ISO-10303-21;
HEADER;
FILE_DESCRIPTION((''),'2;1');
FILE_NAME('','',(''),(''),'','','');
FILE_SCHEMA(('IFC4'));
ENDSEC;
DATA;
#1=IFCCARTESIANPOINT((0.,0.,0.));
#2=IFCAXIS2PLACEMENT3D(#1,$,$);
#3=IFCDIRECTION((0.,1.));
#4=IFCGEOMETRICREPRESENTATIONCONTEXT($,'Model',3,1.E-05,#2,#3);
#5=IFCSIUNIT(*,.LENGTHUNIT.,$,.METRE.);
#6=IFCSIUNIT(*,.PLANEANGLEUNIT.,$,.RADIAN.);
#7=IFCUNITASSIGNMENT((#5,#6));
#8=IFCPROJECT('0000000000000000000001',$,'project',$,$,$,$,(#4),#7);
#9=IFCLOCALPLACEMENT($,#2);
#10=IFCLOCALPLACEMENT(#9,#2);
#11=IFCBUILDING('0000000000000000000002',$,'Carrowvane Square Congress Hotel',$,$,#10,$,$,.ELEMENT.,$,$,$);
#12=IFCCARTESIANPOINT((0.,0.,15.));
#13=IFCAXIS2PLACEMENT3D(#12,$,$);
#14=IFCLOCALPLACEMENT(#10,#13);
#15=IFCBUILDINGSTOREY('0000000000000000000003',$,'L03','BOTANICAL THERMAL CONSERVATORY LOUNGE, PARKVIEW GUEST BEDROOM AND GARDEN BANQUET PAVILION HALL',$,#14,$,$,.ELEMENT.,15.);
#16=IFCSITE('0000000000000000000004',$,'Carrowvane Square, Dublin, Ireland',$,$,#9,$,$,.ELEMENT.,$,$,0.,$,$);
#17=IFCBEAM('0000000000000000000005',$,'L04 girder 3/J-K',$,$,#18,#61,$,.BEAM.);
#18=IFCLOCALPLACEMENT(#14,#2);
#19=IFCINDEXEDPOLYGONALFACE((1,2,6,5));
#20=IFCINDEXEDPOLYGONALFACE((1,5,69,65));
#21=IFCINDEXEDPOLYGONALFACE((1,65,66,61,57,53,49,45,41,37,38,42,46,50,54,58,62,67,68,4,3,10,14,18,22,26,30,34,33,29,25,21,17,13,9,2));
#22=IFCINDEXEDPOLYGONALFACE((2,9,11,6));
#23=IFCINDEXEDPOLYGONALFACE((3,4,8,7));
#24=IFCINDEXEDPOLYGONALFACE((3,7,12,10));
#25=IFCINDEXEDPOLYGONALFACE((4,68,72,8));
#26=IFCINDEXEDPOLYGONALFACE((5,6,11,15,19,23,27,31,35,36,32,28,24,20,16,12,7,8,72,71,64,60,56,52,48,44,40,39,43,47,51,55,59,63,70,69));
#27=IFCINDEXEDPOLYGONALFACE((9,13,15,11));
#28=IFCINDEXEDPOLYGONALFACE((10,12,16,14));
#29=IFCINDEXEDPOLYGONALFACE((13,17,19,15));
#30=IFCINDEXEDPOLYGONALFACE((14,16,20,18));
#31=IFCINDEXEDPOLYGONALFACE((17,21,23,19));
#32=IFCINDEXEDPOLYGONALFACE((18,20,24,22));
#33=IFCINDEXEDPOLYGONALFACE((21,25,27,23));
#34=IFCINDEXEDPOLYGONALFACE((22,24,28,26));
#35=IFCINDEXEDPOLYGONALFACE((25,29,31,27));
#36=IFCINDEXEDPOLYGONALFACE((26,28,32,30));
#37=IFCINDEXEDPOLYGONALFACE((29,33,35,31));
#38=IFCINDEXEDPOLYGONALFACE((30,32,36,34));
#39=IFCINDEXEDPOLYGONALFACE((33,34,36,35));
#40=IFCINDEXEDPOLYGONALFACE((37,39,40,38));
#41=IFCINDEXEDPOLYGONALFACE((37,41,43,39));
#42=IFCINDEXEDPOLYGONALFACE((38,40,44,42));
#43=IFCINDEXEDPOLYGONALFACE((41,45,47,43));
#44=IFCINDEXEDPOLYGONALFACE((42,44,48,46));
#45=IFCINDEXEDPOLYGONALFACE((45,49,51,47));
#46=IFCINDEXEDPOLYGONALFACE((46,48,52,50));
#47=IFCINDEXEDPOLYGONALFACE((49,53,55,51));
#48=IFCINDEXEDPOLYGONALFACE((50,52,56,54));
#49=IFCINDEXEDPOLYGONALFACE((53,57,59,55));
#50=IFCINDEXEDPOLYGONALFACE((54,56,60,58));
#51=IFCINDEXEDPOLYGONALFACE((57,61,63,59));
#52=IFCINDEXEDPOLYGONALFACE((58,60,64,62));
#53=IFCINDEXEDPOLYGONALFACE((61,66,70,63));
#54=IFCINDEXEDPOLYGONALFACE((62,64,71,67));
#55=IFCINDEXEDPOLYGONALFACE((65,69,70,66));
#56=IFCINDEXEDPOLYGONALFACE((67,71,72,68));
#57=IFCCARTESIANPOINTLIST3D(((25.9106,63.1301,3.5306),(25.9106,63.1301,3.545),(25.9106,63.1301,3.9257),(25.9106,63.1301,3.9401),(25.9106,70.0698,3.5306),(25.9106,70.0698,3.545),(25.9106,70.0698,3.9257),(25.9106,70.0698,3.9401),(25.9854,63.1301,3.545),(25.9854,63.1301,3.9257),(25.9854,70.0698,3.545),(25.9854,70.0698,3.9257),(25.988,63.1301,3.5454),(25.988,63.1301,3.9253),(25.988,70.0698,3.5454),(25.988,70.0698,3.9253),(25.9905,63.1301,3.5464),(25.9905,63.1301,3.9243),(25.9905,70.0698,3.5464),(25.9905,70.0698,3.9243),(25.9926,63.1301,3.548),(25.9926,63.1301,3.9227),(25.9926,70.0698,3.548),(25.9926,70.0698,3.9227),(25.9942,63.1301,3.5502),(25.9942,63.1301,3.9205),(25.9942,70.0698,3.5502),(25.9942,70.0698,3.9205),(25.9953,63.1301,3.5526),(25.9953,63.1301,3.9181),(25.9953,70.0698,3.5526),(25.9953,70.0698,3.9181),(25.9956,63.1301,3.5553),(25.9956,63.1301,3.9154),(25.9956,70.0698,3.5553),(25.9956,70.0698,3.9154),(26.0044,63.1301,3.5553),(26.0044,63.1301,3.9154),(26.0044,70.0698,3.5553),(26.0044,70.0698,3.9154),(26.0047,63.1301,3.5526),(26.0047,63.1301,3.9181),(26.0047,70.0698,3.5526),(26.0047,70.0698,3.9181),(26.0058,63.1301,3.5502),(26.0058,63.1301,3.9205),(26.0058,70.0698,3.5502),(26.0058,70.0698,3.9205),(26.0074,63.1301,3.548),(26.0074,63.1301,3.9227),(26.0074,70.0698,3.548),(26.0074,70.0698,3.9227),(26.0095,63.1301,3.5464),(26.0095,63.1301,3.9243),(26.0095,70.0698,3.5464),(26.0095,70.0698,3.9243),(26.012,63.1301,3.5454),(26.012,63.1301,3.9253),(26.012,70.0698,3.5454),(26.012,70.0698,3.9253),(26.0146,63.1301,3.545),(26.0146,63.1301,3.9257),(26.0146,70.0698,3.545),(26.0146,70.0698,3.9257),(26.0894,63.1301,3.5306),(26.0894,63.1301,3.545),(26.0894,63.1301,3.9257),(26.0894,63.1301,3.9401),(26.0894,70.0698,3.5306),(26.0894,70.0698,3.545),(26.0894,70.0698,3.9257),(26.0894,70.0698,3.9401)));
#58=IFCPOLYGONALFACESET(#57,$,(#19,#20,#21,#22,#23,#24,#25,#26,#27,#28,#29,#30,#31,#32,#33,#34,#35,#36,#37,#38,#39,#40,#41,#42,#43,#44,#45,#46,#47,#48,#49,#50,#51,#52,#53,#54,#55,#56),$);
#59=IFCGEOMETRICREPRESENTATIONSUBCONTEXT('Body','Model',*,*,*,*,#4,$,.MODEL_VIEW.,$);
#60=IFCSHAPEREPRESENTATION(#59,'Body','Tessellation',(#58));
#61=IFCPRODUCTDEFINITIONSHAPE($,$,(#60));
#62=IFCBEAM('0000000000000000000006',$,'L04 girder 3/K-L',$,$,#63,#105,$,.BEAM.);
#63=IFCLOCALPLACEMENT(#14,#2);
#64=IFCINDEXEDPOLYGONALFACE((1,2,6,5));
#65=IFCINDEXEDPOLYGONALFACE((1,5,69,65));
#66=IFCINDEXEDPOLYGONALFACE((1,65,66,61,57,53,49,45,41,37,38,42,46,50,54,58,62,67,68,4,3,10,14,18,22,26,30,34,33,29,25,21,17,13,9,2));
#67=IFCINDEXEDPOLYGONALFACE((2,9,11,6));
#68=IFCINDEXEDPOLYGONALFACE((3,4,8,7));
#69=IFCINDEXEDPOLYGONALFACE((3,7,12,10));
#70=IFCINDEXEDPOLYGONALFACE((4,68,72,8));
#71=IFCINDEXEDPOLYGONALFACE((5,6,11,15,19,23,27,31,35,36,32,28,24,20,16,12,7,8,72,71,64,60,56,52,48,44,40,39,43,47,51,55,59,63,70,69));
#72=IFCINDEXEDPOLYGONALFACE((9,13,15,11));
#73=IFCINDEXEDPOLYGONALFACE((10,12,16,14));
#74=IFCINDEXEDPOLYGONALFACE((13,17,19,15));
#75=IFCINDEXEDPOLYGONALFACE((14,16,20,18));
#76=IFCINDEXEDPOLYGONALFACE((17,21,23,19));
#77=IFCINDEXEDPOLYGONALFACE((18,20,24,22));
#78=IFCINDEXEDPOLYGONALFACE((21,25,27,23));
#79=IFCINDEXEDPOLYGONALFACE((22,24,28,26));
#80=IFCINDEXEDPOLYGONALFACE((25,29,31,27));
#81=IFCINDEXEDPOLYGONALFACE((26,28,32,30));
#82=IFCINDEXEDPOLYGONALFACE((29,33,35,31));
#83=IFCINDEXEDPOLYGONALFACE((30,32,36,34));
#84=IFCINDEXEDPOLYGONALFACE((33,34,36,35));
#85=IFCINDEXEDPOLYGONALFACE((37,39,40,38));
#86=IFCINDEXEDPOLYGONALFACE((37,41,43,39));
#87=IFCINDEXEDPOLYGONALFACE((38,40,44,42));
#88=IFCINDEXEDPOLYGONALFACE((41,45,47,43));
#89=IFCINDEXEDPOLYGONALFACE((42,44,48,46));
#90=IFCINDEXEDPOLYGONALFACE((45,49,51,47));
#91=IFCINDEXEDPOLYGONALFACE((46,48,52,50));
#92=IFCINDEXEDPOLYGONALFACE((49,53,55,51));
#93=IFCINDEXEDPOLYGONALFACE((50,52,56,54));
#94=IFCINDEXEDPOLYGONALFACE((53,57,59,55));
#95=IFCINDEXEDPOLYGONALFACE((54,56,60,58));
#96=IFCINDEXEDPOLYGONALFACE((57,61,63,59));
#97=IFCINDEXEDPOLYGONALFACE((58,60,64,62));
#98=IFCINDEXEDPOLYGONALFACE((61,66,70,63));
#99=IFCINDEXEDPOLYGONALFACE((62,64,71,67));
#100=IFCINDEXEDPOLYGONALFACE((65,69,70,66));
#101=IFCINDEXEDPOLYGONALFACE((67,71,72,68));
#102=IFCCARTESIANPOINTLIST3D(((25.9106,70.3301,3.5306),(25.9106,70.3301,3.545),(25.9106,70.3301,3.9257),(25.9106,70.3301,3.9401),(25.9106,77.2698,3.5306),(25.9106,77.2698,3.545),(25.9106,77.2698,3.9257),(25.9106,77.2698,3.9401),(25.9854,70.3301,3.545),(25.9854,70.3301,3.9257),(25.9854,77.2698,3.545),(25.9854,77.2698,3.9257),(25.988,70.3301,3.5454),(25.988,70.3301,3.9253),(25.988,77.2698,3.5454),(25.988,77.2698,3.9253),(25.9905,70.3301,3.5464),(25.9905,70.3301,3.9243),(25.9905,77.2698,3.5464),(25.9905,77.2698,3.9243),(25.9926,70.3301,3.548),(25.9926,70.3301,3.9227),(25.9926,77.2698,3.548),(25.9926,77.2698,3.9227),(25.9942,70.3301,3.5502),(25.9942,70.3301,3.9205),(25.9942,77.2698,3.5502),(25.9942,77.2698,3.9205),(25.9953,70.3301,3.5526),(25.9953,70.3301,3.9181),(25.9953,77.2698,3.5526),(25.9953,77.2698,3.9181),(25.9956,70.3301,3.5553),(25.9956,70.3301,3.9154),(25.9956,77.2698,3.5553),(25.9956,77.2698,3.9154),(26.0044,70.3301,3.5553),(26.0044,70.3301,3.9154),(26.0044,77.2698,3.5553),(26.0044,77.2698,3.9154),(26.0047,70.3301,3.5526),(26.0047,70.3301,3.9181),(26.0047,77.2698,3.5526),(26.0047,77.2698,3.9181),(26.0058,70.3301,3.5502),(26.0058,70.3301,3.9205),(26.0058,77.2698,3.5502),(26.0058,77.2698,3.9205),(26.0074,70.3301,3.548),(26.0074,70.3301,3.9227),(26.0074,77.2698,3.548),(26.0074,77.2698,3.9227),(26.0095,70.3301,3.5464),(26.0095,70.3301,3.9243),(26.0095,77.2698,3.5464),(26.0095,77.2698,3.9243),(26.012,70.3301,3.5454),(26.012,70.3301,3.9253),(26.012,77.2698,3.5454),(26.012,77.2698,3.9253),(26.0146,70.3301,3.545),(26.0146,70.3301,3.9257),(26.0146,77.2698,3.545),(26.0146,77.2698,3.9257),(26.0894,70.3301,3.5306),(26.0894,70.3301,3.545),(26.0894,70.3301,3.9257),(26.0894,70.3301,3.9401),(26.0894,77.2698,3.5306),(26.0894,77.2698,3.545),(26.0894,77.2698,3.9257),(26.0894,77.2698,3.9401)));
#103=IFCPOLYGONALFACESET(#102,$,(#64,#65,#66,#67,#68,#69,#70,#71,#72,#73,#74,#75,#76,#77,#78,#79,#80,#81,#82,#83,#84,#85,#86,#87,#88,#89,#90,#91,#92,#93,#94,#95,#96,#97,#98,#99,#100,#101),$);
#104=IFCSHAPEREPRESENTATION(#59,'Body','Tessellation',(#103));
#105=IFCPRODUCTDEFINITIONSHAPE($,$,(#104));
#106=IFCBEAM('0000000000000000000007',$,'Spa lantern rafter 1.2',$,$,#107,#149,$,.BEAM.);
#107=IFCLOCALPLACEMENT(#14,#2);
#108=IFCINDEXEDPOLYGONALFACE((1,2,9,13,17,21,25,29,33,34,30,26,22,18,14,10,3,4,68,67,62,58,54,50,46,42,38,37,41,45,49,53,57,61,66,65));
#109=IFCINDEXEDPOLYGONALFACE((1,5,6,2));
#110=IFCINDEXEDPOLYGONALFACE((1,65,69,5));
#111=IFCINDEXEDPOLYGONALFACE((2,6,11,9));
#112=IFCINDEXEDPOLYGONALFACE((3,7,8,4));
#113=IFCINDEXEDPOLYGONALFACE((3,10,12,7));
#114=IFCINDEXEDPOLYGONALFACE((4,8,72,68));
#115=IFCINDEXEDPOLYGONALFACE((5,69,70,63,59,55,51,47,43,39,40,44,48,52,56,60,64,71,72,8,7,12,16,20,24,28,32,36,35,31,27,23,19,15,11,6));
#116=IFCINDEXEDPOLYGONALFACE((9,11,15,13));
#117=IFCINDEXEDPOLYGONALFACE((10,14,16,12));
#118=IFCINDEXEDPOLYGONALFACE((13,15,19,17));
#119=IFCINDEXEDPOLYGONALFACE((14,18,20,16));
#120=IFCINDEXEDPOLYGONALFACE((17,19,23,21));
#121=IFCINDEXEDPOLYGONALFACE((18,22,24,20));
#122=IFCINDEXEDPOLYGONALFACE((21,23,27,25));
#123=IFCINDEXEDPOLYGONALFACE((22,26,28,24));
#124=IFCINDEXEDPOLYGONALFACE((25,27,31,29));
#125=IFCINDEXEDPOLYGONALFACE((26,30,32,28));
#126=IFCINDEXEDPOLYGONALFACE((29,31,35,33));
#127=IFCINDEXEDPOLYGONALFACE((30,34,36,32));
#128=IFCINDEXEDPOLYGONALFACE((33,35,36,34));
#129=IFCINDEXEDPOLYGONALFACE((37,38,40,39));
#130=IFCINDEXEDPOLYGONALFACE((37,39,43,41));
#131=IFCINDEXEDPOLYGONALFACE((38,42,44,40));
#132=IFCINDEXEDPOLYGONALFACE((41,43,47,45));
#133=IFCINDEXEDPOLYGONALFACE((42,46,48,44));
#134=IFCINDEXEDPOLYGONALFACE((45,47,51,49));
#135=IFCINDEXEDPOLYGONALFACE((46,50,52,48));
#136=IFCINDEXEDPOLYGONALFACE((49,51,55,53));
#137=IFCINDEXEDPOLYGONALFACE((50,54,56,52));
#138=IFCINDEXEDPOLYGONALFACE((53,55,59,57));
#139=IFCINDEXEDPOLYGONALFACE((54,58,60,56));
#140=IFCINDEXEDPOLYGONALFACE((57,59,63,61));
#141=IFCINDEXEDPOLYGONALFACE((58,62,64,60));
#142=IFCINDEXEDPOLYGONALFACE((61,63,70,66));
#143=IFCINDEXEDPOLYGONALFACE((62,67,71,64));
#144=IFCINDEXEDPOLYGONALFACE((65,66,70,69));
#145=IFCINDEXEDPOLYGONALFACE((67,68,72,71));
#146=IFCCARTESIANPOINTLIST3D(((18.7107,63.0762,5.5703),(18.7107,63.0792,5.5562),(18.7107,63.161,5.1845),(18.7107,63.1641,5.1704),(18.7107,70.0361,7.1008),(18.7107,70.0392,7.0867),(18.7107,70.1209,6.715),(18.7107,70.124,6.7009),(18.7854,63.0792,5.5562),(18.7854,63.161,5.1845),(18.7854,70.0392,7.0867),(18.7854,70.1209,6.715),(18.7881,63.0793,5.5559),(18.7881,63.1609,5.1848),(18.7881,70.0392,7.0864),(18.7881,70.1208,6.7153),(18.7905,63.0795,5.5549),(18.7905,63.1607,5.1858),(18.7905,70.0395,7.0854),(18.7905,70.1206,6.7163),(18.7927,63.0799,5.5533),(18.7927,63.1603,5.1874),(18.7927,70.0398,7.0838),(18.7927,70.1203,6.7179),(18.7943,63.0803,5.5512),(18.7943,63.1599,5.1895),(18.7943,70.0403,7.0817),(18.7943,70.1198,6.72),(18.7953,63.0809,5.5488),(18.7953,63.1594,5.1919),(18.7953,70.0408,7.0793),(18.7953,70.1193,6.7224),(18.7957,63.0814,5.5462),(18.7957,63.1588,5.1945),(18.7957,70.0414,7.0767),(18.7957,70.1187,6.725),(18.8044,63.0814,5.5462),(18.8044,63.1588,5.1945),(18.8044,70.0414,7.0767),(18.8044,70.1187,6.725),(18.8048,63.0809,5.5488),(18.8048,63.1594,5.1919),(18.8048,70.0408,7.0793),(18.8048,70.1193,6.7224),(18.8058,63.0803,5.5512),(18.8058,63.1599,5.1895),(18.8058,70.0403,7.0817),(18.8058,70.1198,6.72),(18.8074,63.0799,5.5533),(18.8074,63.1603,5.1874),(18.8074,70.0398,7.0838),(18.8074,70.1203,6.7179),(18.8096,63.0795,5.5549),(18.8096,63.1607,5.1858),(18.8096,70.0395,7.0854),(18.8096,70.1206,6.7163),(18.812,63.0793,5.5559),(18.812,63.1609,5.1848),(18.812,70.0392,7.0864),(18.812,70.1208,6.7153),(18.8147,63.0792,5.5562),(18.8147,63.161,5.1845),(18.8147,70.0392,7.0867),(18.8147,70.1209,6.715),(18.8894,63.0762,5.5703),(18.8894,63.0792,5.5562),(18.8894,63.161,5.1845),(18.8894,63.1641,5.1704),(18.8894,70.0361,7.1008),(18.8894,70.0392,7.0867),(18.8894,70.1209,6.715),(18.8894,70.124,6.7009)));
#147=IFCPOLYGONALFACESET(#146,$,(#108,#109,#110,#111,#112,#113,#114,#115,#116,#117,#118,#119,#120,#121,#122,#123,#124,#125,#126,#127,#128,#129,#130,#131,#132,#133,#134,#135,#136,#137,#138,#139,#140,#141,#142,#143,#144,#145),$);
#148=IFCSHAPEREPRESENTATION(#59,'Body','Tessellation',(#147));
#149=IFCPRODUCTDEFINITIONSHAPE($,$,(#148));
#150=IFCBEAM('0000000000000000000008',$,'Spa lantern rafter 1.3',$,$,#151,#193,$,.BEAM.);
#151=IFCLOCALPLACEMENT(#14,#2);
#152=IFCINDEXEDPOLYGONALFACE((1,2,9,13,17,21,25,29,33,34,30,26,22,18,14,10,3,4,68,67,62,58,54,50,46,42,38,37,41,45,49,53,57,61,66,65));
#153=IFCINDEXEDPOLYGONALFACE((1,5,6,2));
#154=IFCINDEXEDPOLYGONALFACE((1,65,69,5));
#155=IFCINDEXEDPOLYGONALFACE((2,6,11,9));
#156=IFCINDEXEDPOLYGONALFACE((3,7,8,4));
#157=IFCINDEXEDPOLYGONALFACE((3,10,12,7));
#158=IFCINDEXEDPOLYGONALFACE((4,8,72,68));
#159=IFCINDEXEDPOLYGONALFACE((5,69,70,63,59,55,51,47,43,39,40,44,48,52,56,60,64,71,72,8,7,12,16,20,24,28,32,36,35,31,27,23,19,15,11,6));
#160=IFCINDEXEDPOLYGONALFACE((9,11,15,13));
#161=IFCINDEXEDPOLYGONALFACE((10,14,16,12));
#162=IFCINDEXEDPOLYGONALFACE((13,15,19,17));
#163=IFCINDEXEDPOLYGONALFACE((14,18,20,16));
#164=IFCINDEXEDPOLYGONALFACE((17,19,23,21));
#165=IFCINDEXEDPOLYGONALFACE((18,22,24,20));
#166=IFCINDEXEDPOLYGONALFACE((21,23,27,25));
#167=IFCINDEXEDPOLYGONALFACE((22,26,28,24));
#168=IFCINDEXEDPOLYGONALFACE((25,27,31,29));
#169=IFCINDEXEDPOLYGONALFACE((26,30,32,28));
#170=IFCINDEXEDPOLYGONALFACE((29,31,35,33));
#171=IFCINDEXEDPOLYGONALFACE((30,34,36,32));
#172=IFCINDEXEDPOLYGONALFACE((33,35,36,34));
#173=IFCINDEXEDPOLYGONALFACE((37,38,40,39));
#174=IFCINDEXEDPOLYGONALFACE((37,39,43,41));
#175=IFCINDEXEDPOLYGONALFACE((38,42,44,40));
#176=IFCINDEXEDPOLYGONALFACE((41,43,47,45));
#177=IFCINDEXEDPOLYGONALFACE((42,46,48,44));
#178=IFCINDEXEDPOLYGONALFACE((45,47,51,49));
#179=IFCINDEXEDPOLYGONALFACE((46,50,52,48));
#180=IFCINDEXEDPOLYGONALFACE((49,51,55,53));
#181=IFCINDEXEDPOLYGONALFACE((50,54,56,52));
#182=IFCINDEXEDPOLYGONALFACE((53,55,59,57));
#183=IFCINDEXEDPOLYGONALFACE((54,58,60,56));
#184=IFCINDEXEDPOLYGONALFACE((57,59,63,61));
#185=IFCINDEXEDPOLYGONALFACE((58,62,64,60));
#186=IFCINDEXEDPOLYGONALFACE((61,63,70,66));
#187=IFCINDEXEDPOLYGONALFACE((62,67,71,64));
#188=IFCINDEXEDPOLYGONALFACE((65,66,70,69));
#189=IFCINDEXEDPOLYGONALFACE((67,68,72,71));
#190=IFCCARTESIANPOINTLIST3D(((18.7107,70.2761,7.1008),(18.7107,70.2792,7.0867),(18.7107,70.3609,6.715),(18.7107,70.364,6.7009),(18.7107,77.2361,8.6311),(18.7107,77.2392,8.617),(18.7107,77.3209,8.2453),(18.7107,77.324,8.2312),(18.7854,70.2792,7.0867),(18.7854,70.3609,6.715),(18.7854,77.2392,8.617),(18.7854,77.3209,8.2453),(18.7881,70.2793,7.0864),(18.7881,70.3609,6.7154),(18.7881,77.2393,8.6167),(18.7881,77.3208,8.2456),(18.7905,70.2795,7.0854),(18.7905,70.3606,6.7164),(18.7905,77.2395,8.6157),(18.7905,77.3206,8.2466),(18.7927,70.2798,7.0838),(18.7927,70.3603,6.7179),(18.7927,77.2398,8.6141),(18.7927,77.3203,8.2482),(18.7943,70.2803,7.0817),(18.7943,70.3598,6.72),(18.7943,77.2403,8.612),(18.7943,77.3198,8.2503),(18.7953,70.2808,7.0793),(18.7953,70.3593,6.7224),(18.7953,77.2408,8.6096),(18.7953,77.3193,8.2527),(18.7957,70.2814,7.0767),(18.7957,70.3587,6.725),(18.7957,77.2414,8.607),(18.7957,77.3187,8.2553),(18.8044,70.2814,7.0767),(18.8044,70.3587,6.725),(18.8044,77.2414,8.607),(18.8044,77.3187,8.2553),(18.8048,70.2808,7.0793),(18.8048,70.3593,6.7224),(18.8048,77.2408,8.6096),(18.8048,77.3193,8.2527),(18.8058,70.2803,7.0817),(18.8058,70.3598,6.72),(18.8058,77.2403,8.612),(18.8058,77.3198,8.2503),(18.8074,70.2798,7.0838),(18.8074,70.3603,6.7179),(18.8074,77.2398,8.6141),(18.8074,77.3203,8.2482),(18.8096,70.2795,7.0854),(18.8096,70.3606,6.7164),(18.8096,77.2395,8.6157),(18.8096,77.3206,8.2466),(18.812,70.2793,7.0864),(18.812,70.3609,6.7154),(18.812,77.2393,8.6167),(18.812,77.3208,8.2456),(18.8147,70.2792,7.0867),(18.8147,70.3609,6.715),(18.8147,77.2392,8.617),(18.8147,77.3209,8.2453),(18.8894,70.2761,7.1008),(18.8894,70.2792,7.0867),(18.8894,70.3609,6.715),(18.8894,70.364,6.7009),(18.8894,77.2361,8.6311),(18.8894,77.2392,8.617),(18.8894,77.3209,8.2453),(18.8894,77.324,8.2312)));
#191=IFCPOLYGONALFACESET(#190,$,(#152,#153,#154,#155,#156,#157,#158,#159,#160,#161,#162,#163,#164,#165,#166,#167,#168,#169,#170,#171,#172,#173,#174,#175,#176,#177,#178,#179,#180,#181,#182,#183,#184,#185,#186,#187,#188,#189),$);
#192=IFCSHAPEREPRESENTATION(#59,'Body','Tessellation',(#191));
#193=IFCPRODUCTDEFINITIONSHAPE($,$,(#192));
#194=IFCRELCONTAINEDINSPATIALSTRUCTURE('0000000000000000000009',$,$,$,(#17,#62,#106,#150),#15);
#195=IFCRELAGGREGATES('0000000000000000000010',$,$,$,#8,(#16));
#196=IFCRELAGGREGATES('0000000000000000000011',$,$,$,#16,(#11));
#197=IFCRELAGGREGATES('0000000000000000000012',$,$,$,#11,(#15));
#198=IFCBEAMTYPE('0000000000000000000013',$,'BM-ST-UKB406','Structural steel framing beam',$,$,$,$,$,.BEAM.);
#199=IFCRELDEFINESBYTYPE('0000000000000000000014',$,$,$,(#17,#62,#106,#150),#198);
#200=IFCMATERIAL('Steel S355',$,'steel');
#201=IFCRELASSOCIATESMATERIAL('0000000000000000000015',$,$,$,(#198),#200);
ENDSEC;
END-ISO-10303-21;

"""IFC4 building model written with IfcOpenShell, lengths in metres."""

from ifc_helpers import new_model, si_unit, direction, frame, origin, origin_2d, place, context, subcontext, project, spatial, i_section, extrude, material, material_profile, profile_set, type_object, element, save


model = new_model("IFC4")

# Units and contexts
model_context = context("Model", 3, precision=1e-05, world=origin(), true_north=direction((0.0, 1.0)))
body_context = subcontext(model_context, "Body", "Model", "MODEL_VIEW")
ifc_project = project(units=[si_unit("LENGTHUNIT", "METRE"), si_unit("PLANEANGLEUNIT", "RADIAN")], contexts=[model_context])

# Site, building, storey
site_placement = place(None, origin())
site = spatial("IfcSite", under=ifc_project, at=site_placement, Name="Carrowvane Square, Dublin, Ireland", CompositionType="ELEMENT", RefElevation=0.0)
building_placement = place(site_placement, origin())
building = spatial("IfcBuilding", under=site, at=building_placement, Name="Carrowvane Square Congress Hotel", CompositionType="ELEMENT")
storey_placement = place(building_placement, frame((0.0, 0.0, 15.0)))
storey = spatial("IfcBuildingStorey", under=building, at=storey_placement, Name="L03", Description="BOTANICAL THERMAL CONSERVATORY LOUNGE, PARKVIEW GUEST BEDROOM AND GARDEN BANQUET PAVILION HALL", CompositionType="ELEMENT", Elevation=15.0)

# Beams
ifc_material_1 = material(Name="Steel S355", Category="steel")
ifc_material_profile_1 = material_profile(ifc_material_1, i_section(OverallWidth=0.1787, OverallDepth=0.4094, WebThickness=0.0088, FlangeThickness=0.0144, FilletRadius=0.0103, at=origin_2d()), Name="UKB 406x178x67")
ifc_profile_set_1 = profile_set([ifc_material_profile_1], Name="Steel S355")
beam_type_1 = type_object("IfcBeamType", Name="BM-ST-UKB406", Description="Structural steel framing beam", PredefinedType="BEAM", material=ifc_profile_set_1)
for number, where, z_axis, x_axis, name in (
    (1, (26.0, 63.1301, 3.7354), (0.0, 1.0, 0.0), (-1.0, 0.0, 0.0), "L04 girder 3/J-K"),
    (2, (26.0, 70.3301, 3.7354), (0.0, 1.0, 0.0), (-1.0, 0.0, 0.0), "L04 girder 3/K-L"),
):
    element("IfcBeam", number, at=place(storey_placement, frame(where, z_axis=z_axis, x_axis=x_axis)), inside=storey, type_object=beam_type_1, Name=name, PredefinedType="BEAM", context=body_context, shape_type="SweptSolid", body=[
        extrude(i_section(OverallWidth=0.1787, OverallDepth=0.4094, WebThickness=0.0088, FlangeThickness=0.0144, FilletRadius=0.0103, at=origin_2d()), origin(), (0.0, 0.0, 1.0), 6.9397),
    ])
for number, where, z_axis, x_axis, name in (
    (3, (18.8, 63.1201, 5.3704), (0.0, 0.976664, 0.214772), (-1.0, 0.0, 0.0), "Spa lantern rafter 1.2"),
    (4, (18.8, 70.3201, 6.9009), (0.0, 0.976671, 0.214739), (-1.0, 0.0, 0.0), "Spa lantern rafter 1.3"),
):
    element("IfcBeam", number, at=place(storey_placement, frame(where, z_axis=z_axis, x_axis=x_axis)), inside=storey, type_object=beam_type_1, Name=name, PredefinedType="BEAM", context=body_context, shape_type="SweptSolid", body=[
        extrude(i_section(OverallWidth=0.1787, OverallDepth=0.4094, WebThickness=0.0088, FlangeThickness=0.0144, FilletRadius=0.0103, at=origin_2d()), origin(), (0.0, 0.0, 1.0), 7.1262),
    ])

save(model, "model.ifc")
